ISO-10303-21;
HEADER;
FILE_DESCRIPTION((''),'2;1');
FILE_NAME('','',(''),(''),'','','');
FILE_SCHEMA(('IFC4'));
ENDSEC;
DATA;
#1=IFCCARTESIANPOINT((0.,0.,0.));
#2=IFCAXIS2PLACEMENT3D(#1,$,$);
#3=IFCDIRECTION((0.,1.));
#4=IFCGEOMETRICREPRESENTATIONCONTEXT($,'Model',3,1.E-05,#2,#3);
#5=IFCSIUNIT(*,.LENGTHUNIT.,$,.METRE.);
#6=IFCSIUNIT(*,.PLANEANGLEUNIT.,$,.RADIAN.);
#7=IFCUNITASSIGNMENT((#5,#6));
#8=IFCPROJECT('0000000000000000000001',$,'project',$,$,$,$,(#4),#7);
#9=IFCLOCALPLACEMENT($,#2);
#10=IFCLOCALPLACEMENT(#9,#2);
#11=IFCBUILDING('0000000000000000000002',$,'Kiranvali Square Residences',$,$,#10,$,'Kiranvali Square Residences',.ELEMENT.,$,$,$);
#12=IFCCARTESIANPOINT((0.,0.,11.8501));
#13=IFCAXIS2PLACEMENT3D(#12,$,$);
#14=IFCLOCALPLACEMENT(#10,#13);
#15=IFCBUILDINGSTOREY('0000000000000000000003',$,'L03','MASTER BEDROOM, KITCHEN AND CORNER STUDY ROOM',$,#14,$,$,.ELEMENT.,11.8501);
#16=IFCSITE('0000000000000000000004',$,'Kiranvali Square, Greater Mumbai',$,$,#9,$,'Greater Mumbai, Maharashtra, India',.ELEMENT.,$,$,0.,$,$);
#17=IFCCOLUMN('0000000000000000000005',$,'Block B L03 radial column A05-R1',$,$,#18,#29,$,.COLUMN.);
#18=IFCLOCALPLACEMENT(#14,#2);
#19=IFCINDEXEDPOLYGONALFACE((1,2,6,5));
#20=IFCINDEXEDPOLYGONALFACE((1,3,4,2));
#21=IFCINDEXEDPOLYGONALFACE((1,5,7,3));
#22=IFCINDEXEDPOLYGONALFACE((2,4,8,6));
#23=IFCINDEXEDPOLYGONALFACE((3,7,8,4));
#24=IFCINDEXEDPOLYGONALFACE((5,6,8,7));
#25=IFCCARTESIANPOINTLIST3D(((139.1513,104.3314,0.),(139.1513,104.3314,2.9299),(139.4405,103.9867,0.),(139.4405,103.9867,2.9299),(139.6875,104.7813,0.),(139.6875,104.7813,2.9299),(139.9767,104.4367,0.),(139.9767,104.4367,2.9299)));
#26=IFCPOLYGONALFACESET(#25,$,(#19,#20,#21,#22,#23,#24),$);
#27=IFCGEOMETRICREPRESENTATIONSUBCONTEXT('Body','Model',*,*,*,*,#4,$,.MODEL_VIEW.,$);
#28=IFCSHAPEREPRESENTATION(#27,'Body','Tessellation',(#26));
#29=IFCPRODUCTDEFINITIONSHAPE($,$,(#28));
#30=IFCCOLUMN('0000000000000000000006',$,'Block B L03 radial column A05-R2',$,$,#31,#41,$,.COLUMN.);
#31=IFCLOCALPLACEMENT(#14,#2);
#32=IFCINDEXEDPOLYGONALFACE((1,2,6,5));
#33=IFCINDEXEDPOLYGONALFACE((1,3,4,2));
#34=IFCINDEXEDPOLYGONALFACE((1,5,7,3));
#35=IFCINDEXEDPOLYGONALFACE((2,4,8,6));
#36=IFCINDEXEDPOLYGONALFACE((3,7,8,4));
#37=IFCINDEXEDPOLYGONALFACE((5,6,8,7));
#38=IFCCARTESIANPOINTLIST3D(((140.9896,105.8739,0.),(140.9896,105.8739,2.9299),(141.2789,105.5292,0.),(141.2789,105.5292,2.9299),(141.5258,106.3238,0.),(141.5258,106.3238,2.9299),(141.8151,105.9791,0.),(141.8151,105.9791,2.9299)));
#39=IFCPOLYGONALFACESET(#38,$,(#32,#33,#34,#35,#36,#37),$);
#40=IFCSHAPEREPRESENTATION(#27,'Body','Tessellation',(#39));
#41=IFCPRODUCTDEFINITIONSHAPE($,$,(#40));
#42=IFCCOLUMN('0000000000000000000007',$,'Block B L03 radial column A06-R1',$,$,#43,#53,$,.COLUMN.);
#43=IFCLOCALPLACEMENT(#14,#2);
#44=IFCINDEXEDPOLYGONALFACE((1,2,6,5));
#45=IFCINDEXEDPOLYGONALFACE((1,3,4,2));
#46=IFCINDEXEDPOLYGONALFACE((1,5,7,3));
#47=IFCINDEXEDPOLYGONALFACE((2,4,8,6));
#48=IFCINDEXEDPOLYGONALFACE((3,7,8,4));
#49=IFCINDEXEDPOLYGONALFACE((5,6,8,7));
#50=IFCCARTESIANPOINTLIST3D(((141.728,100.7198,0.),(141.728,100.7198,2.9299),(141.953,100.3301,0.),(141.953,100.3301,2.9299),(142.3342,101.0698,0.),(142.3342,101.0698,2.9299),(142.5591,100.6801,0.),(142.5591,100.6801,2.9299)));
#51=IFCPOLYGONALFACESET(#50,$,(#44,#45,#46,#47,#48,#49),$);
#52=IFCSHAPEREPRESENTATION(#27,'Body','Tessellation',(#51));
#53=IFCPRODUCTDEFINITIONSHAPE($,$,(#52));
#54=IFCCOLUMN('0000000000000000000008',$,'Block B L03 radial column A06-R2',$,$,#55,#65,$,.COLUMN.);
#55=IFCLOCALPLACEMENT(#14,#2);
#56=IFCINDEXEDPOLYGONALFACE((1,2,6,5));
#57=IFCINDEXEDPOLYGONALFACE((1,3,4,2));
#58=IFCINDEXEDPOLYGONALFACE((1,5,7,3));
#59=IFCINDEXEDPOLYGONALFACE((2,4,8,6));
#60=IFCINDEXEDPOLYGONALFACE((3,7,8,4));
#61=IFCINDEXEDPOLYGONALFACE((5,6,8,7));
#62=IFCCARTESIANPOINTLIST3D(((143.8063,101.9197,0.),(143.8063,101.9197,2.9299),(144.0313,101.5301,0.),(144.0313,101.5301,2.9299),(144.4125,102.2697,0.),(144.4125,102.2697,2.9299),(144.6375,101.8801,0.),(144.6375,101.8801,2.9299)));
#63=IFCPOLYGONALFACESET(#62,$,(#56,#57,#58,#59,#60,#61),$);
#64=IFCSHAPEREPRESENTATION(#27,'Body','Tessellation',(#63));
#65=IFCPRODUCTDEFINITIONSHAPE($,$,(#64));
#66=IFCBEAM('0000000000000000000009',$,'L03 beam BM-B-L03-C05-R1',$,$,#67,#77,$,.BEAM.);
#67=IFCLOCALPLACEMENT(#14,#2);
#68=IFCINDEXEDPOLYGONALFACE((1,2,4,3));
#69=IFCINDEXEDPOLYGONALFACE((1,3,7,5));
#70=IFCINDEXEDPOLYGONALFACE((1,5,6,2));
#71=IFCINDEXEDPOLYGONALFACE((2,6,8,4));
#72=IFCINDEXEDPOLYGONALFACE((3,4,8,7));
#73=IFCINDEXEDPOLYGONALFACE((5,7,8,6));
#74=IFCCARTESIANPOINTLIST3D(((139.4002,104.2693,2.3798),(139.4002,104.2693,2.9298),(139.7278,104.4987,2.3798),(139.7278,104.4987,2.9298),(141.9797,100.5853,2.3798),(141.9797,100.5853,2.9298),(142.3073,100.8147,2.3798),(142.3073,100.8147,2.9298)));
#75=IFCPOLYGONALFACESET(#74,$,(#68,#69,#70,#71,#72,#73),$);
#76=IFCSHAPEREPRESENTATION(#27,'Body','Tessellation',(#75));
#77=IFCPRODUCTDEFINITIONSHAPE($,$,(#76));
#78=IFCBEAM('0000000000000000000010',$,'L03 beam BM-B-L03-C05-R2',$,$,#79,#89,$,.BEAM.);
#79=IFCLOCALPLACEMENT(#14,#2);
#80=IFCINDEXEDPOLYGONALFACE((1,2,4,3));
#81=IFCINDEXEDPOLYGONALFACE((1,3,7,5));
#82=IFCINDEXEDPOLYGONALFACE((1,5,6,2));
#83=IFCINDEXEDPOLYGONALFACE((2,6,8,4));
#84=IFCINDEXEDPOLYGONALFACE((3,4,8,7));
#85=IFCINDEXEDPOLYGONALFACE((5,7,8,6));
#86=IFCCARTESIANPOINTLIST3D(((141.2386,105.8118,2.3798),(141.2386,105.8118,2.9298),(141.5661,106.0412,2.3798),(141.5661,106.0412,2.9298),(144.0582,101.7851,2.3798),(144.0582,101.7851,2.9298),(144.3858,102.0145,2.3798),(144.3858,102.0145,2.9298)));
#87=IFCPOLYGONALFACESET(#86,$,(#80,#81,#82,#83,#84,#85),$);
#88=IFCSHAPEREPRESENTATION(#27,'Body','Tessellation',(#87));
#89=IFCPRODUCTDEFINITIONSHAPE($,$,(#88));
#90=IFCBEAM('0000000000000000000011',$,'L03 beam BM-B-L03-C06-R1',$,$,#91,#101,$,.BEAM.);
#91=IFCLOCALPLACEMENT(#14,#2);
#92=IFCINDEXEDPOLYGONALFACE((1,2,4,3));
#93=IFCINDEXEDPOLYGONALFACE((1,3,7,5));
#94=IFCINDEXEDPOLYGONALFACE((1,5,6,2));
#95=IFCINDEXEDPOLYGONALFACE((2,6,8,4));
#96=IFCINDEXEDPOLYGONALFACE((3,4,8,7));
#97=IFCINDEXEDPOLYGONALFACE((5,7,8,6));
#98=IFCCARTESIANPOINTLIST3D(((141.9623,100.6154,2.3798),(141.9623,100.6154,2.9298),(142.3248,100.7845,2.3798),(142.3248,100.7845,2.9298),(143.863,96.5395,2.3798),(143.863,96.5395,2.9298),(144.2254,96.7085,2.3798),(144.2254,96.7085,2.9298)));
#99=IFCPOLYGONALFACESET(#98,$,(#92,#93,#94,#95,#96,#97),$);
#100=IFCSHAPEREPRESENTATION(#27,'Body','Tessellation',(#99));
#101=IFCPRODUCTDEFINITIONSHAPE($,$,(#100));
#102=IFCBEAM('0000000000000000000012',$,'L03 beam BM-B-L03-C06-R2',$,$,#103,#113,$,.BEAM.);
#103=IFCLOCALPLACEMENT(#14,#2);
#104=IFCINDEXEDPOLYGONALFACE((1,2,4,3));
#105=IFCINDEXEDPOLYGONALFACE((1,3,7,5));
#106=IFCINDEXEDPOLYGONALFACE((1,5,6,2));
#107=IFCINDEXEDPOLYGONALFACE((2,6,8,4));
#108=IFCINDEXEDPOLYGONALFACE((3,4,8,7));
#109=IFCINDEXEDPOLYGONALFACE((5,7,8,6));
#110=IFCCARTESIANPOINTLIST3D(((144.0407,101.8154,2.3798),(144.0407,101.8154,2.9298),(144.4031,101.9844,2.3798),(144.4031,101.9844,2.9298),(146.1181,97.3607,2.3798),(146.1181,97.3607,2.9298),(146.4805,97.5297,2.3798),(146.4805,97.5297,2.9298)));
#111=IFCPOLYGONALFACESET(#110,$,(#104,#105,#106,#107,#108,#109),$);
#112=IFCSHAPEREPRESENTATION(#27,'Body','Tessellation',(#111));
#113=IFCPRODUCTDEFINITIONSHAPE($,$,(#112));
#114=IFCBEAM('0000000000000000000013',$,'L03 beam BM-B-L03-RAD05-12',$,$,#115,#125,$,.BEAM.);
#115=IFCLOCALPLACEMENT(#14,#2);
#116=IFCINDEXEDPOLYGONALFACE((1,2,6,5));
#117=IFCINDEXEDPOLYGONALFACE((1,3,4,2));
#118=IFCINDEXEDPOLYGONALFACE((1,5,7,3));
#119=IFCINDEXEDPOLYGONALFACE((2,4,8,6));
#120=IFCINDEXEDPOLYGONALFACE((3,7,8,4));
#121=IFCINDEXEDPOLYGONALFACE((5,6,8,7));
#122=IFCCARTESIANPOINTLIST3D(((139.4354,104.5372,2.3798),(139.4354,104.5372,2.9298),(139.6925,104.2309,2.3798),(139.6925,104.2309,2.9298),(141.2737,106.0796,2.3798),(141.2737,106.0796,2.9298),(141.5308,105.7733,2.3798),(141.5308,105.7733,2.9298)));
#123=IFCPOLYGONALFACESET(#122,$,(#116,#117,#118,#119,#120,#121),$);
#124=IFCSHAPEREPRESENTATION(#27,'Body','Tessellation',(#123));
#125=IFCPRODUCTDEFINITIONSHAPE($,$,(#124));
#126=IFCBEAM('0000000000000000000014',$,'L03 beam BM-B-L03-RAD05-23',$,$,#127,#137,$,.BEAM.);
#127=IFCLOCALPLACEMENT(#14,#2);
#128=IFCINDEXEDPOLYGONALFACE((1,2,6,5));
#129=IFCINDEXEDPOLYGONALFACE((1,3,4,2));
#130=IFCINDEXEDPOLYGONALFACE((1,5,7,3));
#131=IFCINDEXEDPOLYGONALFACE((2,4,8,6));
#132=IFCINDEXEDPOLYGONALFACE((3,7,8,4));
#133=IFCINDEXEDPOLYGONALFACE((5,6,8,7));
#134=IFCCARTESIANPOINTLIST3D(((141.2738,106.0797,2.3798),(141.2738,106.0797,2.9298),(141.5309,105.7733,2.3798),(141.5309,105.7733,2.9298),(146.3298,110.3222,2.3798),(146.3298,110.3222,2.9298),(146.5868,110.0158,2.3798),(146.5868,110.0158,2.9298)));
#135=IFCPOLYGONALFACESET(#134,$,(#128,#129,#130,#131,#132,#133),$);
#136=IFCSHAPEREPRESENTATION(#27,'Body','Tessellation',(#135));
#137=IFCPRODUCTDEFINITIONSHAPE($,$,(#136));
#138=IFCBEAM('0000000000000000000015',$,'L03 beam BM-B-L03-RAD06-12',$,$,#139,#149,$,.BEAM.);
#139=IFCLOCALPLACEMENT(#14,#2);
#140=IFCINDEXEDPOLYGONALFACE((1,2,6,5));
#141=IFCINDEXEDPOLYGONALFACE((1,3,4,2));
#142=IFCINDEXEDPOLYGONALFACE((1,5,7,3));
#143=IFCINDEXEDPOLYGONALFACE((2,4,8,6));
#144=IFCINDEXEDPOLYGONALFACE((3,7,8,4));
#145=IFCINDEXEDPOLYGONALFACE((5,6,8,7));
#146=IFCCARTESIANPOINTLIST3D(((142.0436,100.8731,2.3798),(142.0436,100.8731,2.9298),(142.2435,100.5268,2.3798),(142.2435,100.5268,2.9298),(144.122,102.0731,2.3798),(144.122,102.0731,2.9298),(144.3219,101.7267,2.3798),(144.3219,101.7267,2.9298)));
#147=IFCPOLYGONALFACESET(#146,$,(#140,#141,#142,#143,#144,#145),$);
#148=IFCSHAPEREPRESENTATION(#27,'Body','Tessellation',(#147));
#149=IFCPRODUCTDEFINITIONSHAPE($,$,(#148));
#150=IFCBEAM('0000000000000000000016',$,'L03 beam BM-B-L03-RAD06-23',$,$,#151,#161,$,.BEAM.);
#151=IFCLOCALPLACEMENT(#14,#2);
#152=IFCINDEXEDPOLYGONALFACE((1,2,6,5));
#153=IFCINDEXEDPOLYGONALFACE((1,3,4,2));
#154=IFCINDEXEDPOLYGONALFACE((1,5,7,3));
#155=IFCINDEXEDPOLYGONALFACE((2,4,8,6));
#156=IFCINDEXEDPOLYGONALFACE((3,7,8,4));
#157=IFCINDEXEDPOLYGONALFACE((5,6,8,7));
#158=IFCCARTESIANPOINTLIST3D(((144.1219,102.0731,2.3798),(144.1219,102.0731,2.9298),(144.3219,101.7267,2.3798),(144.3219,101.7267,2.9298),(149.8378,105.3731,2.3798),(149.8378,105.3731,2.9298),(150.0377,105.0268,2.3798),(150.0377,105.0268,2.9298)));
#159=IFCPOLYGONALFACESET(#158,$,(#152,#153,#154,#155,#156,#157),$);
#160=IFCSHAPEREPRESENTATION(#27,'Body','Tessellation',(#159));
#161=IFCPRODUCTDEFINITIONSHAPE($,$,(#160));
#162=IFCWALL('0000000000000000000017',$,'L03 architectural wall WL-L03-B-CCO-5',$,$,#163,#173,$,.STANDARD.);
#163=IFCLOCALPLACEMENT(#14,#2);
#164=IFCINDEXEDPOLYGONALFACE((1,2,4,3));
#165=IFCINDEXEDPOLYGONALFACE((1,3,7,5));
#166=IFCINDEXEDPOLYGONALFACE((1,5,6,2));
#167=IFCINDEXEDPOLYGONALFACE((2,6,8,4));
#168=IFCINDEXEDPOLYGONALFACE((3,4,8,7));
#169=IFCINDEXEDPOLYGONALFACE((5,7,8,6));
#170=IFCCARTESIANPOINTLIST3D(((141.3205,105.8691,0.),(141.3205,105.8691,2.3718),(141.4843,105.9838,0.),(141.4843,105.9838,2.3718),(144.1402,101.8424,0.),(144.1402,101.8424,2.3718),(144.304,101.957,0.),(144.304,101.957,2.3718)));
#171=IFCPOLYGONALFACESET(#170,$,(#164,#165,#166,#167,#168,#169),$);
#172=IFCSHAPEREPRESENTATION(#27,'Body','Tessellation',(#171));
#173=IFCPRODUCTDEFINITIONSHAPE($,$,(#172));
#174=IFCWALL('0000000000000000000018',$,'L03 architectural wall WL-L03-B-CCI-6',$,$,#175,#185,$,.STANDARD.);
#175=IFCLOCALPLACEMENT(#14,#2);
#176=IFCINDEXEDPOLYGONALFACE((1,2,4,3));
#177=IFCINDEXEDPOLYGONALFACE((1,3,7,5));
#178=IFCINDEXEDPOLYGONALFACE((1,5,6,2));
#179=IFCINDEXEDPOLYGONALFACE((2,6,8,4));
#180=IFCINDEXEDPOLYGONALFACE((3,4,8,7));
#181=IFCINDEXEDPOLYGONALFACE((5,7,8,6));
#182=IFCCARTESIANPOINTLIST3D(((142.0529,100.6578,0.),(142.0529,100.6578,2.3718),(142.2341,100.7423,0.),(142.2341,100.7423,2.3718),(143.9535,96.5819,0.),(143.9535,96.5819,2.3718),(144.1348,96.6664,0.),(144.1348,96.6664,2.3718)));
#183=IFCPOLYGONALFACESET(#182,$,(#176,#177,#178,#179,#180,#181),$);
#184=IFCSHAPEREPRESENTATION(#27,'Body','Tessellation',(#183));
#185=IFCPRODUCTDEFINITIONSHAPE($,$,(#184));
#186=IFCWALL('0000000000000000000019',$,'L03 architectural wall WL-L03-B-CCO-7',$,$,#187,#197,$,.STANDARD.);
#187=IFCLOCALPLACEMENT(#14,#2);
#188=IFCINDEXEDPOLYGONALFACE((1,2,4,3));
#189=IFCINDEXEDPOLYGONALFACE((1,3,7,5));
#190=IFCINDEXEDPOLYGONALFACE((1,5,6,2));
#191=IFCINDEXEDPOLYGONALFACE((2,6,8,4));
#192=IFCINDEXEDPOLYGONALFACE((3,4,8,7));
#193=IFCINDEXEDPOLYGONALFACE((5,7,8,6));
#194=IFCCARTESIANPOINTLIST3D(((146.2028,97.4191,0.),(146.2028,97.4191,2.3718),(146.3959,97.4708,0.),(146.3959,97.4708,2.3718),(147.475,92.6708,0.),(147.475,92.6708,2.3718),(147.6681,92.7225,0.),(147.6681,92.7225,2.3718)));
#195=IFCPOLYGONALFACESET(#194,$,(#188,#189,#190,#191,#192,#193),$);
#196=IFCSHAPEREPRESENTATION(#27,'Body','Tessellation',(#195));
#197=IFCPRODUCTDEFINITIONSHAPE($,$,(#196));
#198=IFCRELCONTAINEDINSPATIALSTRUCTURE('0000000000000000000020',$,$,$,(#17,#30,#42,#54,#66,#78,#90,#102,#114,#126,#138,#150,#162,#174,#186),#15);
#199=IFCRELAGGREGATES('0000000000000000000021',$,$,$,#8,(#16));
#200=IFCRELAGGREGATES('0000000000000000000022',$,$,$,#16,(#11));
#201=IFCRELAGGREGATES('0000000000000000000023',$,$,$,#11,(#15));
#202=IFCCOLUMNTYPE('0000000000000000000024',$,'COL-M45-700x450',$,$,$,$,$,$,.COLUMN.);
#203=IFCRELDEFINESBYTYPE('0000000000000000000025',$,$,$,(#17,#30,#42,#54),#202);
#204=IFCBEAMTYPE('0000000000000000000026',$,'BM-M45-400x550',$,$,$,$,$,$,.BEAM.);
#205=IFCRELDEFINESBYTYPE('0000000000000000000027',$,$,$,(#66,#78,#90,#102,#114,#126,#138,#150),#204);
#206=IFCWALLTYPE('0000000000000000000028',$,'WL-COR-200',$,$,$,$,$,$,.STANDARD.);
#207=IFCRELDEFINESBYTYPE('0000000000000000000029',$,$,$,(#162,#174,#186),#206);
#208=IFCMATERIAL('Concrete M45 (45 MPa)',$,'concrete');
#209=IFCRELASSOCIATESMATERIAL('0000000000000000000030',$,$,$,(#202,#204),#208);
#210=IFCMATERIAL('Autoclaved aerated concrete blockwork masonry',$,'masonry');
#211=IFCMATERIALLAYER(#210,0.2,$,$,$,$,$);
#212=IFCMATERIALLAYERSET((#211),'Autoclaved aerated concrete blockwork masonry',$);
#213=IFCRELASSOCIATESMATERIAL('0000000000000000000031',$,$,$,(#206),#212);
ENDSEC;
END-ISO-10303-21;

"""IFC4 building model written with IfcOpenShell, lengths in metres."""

from ifc_helpers import new_model, si_unit, direction, frame, frame_2d, origin, origin_2d, place, context, subcontext, project, spatial, rectangle, extrude, material, layer, layer_set, material_profile, profile_set, type_object, element, save


model = new_model("IFC4")

# Units and contexts
model_context = context("Model", 3, precision=1e-05, world=origin(), true_north=direction((0.0, 1.0)))
body_context = subcontext(model_context, "Body", "Model", "MODEL_VIEW")
ifc_project = project(units=[si_unit("LENGTHUNIT", "METRE"), si_unit("PLANEANGLEUNIT", "RADIAN")], contexts=[model_context])

# Site, building, storey
site_placement = place(None, origin())
site = spatial("IfcSite", under=ifc_project, at=site_placement, Name="Kiranvali Square, Greater Mumbai", LongName="Greater Mumbai, Maharashtra, India", CompositionType="ELEMENT", RefElevation=0.0)
building_placement = place(site_placement, origin())
building = spatial("IfcBuilding", under=site, at=building_placement, Name="Kiranvali Square Residences", LongName="Kiranvali Square Residences", CompositionType="ELEMENT")
storey_placement = place(building_placement, frame((0.0, 0.0, 11.8501)))
storey = spatial("IfcBuildingStorey", under=building, at=storey_placement, Name="L03", Description="MASTER BEDROOM, KITCHEN AND CORNER STUDY ROOM", CompositionType="ELEMENT", Elevation=11.8501)

# Columns
ifc_material_1 = material(Name="Concrete M45 (45 MPa)", Category="concrete")
ifc_material_profile_1 = material_profile(ifc_material_1, rectangle(XDim=0.45, YDim=0.7, at=origin_2d()), Name="RC 700x450")
ifc_profile_set_1 = profile_set([ifc_material_profile_1], Name="Concrete M45 (45 MPa)")
column_type = type_object("IfcColumnType", Name="COL-M45-700x450", PredefinedType="COLUMN", material=ifc_profile_set_1)
for number, where, z_axis, x_axis, name in (
    (1, (139.564, 104.384, 0.0), (0.0, 0.0, 1.0), (-0.642788, 0.766044, 0.0), "Block B L03 radial column A05-R1"),
    (2, (141.4023, 105.9265, 0.0), (0.0, 0.0, 1.0), (-0.642788, 0.766044, 0.0), "Block B L03 radial column A05-R2"),
    (3, (142.1436, 100.7, 0.0), (0.0, 0.0, 1.0), (-0.5, 0.866025, 0.0), "Block B L03 radial column A06-R1"),
    (4, (144.2219, 101.8999, 0.0), (0.0, 0.0, 1.0), (-0.5, 0.866025, 0.0), "Block B L03 radial column A06-R2"),
):
    element("IfcColumn", number, at=place(storey_placement, frame(where, z_axis=z_axis, x_axis=x_axis)), inside=storey, type_object=column_type, Name=name, PredefinedType="COLUMN", context=body_context, shape_type="SweptSolid", body=[
        extrude(rectangle(XDim=0.45, YDim=0.7, at=origin_2d()), origin(), (0.0, 0.0, 1.0), 2.9299),
    ])

# Beams
ifc_material_profile_2 = material_profile(ifc_material_1, rectangle(XDim=0.3999, YDim=0.55, at=origin_2d()), Name="RC 400x550")
ifc_profile_set_2 = profile_set([ifc_material_profile_2], Name="Concrete M45 (45 MPa)")
beam_type = type_object("IfcBeamType", Name="BM-M45-400x550", PredefinedType="BEAM", material=ifc_profile_set_2)
beam_1_placement = place(storey_placement, frame((139.564, 104.384, 2.6548), z_axis=(0.573572, -0.819155, 0.0), x_axis=(0.819155, 0.573572, 0.0)))
element("IfcBeam", 5, at=beam_1_placement, inside=storey, type_object=beam_type, Name="L03 beam BM-B-L03-C05-R1", PredefinedType="BEAM", context=body_context, shape_type="SweptSolid", body=[
    extrude(rectangle(XDim=0.3999, YDim=0.55, at=origin_2d()), origin(), (0.0, 0.0, 1.0), 4.4973),
])
beam_2_placement = place(storey_placement, frame((141.4023, 105.9265, 2.6548), z_axis=(0.573592, -0.819141, 0.0), x_axis=(0.819141, 0.573592, 0.0)))
element("IfcBeam", 6, at=beam_2_placement, inside=storey, type_object=beam_type, Name="L03 beam BM-B-L03-C05-R2", PredefinedType="BEAM", context=body_context, shape_type="SweptSolid", body=[
    extrude(rectangle(XDim=0.3999, YDim=0.55, at=origin_2d()), origin(), (0.0, 0.0, 1.0), 4.9158),
])
beam_3_placement = place(storey_placement, frame((142.1436, 100.7, 2.6548), z_axis=(0.422618, -0.906308, 0.0), x_axis=(0.906308, 0.422618, 0.0)))
element("IfcBeam", 7, at=beam_3_placement, inside=storey, type_object=beam_type, Name="L03 beam BM-B-L03-C06-R1", PredefinedType="BEAM", context=body_context, shape_type="SweptSolid", body=[
    extrude(rectangle(XDim=0.3999, YDim=0.55, at=origin_2d()), origin(), (0.0, 0.0, 1.0), 4.4973),
])
beam_4_placement = place(storey_placement, frame((144.2219, 101.8999, 2.6548), z_axis=(0.42263, -0.906302, 0.0), x_axis=(0.906302, 0.42263, 0.0)))
element("IfcBeam", 8, at=beam_4_placement, inside=storey, type_object=beam_type, Name="L03 beam BM-B-L03-C06-R2", PredefinedType="BEAM", context=body_context, shape_type="SweptSolid", body=[
    extrude(rectangle(XDim=0.3999, YDim=0.55, at=origin_2d()), origin(), (0.0, 0.0, 1.0), 4.9153),
])
beam_5_placement = place(storey_placement, frame((139.564, 104.384, 2.6548), z_axis=(0.766065, 0.642763, 0.0), x_axis=(-0.642763, 0.766065, 0.0)))
element("IfcBeam", 9, at=beam_5_placement, inside=storey, type_object=beam_type, Name="L03 beam BM-B-L03-RAD05-12", PredefinedType="BEAM", context=body_context, shape_type="SweptSolid", body=[
    extrude(rectangle(XDim=0.3999, YDim=0.55, at=origin_2d()), origin(), (0.0, 0.0, 1.0), 2.3997),
])
beam_6_placement = place(storey_placement, frame((141.4023, 105.9265, 2.6548), z_axis=(0.766043, 0.642789, 0.0), x_axis=(-0.642789, 0.766043, 0.0)))
element("IfcBeam", 10, at=beam_6_placement, inside=storey, type_object=beam_type, Name="L03 beam BM-B-L03-RAD05-23", PredefinedType="BEAM", context=body_context, shape_type="SweptSolid", body=[
    extrude(rectangle(XDim=0.3999, YDim=0.55, at=origin_2d()), origin(), (0.0, 0.0, 1.0), 6.6001),
])
beam_7_placement = place(storey_placement, frame((142.1436, 100.7, 2.6548), z_axis=(0.866025, 0.500001, 0.0), x_axis=(-0.500001, 0.866025, 0.0)))
element("IfcBeam", 11, at=beam_7_placement, inside=storey, type_object=beam_type, Name="L03 beam BM-B-L03-RAD06-12", PredefinedType="BEAM", context=body_context, shape_type="SweptSolid", body=[
    extrude(rectangle(XDim=0.3999, YDim=0.55, at=origin_2d()), origin(), (0.0, 0.0, 1.0), 2.3999),
])
beam_8_placement = place(storey_placement, frame((144.2219, 101.8999, 2.6548), z_axis=(0.866024, 0.500002, 0.0), x_axis=(-0.500002, 0.866024, 0.0)))
element("IfcBeam", 12, at=beam_8_placement, inside=storey, type_object=beam_type, Name="L03 beam BM-B-L03-RAD06-23", PredefinedType="BEAM", context=body_context, shape_type="SweptSolid", body=[
    extrude(rectangle(XDim=0.3999, YDim=0.55, at=origin_2d()), origin(), (0.0, 0.0, 1.0), 6.6001),
])

# Shared definitions
ifc_material_2 = material(Name="Autoclaved aerated concrete blockwork masonry", Category="masonry")
ifc_layer_1 = layer(ifc_material_2, 0.2)
ifc_layer_set_1 = layer_set([ifc_layer_1], Name="Autoclaved aerated concrete blockwork masonry")
wall_type_1 = type_object("IfcWallType", Name="WL-COR-200", PredefinedType="STANDARD", material=ifc_layer_set_1)

# Walls
wall_1_placement = place(storey_placement, frame((141.4023, 105.9265, 0.0), z_axis=(0.0, 0.0, 1.0), x_axis=(0.573592, -0.819141, 0.0)))
element("IfcWall", 13, at=wall_1_placement, inside=storey, type_object=wall_type_1, Name="L03 architectural wall WL-L03-B-CCO-5", PredefinedType="STANDARD", context=body_context, shape_type="SweptSolid", body=[
    extrude(rectangle(XDim=4.9158, YDim=0.2, at=frame_2d((2.458, 0.0))), origin(), (0.0, 0.0, 1.0), 2.3718),
])
wall_2_placement = place(storey_placement, frame((142.1436, 100.7, 0.0), z_axis=(0.0, 0.0, 1.0), x_axis=(0.422618, -0.906308, 0.0)))
element("IfcWall", 14, at=wall_2_placement, inside=storey, type_object=wall_type_1, Name="L03 architectural wall WL-L03-B-CCI-6", PredefinedType="STANDARD", context=body_context, shape_type="SweptSolid", body=[
    extrude(rectangle(XDim=4.4973, YDim=0.2, at=frame_2d((2.2485, 0.0))), origin(), (0.0, 0.0, 1.0), 2.3718),
])

# Wall
wall_3_placement = place(storey_placement, frame((146.2993, 97.4451, 0.0), z_axis=(0.0, 0.0, 1.0), x_axis=(0.258803, -0.96593, 0.0)))
element("IfcWall", 15, at=wall_3_placement, inside=storey, type_object=wall_type_1, Name="L03 architectural wall WL-L03-B-CCO-7", PredefinedType="STANDARD", context=body_context, shape_type="SweptSolid", body=[
    extrude(rectangle(XDim=4.9158, YDim=0.2, at=frame_2d((2.458, 0.0))), origin(), (0.0, 0.0, 1.0), 2.3718),
])

save(model, "model.ifc")
